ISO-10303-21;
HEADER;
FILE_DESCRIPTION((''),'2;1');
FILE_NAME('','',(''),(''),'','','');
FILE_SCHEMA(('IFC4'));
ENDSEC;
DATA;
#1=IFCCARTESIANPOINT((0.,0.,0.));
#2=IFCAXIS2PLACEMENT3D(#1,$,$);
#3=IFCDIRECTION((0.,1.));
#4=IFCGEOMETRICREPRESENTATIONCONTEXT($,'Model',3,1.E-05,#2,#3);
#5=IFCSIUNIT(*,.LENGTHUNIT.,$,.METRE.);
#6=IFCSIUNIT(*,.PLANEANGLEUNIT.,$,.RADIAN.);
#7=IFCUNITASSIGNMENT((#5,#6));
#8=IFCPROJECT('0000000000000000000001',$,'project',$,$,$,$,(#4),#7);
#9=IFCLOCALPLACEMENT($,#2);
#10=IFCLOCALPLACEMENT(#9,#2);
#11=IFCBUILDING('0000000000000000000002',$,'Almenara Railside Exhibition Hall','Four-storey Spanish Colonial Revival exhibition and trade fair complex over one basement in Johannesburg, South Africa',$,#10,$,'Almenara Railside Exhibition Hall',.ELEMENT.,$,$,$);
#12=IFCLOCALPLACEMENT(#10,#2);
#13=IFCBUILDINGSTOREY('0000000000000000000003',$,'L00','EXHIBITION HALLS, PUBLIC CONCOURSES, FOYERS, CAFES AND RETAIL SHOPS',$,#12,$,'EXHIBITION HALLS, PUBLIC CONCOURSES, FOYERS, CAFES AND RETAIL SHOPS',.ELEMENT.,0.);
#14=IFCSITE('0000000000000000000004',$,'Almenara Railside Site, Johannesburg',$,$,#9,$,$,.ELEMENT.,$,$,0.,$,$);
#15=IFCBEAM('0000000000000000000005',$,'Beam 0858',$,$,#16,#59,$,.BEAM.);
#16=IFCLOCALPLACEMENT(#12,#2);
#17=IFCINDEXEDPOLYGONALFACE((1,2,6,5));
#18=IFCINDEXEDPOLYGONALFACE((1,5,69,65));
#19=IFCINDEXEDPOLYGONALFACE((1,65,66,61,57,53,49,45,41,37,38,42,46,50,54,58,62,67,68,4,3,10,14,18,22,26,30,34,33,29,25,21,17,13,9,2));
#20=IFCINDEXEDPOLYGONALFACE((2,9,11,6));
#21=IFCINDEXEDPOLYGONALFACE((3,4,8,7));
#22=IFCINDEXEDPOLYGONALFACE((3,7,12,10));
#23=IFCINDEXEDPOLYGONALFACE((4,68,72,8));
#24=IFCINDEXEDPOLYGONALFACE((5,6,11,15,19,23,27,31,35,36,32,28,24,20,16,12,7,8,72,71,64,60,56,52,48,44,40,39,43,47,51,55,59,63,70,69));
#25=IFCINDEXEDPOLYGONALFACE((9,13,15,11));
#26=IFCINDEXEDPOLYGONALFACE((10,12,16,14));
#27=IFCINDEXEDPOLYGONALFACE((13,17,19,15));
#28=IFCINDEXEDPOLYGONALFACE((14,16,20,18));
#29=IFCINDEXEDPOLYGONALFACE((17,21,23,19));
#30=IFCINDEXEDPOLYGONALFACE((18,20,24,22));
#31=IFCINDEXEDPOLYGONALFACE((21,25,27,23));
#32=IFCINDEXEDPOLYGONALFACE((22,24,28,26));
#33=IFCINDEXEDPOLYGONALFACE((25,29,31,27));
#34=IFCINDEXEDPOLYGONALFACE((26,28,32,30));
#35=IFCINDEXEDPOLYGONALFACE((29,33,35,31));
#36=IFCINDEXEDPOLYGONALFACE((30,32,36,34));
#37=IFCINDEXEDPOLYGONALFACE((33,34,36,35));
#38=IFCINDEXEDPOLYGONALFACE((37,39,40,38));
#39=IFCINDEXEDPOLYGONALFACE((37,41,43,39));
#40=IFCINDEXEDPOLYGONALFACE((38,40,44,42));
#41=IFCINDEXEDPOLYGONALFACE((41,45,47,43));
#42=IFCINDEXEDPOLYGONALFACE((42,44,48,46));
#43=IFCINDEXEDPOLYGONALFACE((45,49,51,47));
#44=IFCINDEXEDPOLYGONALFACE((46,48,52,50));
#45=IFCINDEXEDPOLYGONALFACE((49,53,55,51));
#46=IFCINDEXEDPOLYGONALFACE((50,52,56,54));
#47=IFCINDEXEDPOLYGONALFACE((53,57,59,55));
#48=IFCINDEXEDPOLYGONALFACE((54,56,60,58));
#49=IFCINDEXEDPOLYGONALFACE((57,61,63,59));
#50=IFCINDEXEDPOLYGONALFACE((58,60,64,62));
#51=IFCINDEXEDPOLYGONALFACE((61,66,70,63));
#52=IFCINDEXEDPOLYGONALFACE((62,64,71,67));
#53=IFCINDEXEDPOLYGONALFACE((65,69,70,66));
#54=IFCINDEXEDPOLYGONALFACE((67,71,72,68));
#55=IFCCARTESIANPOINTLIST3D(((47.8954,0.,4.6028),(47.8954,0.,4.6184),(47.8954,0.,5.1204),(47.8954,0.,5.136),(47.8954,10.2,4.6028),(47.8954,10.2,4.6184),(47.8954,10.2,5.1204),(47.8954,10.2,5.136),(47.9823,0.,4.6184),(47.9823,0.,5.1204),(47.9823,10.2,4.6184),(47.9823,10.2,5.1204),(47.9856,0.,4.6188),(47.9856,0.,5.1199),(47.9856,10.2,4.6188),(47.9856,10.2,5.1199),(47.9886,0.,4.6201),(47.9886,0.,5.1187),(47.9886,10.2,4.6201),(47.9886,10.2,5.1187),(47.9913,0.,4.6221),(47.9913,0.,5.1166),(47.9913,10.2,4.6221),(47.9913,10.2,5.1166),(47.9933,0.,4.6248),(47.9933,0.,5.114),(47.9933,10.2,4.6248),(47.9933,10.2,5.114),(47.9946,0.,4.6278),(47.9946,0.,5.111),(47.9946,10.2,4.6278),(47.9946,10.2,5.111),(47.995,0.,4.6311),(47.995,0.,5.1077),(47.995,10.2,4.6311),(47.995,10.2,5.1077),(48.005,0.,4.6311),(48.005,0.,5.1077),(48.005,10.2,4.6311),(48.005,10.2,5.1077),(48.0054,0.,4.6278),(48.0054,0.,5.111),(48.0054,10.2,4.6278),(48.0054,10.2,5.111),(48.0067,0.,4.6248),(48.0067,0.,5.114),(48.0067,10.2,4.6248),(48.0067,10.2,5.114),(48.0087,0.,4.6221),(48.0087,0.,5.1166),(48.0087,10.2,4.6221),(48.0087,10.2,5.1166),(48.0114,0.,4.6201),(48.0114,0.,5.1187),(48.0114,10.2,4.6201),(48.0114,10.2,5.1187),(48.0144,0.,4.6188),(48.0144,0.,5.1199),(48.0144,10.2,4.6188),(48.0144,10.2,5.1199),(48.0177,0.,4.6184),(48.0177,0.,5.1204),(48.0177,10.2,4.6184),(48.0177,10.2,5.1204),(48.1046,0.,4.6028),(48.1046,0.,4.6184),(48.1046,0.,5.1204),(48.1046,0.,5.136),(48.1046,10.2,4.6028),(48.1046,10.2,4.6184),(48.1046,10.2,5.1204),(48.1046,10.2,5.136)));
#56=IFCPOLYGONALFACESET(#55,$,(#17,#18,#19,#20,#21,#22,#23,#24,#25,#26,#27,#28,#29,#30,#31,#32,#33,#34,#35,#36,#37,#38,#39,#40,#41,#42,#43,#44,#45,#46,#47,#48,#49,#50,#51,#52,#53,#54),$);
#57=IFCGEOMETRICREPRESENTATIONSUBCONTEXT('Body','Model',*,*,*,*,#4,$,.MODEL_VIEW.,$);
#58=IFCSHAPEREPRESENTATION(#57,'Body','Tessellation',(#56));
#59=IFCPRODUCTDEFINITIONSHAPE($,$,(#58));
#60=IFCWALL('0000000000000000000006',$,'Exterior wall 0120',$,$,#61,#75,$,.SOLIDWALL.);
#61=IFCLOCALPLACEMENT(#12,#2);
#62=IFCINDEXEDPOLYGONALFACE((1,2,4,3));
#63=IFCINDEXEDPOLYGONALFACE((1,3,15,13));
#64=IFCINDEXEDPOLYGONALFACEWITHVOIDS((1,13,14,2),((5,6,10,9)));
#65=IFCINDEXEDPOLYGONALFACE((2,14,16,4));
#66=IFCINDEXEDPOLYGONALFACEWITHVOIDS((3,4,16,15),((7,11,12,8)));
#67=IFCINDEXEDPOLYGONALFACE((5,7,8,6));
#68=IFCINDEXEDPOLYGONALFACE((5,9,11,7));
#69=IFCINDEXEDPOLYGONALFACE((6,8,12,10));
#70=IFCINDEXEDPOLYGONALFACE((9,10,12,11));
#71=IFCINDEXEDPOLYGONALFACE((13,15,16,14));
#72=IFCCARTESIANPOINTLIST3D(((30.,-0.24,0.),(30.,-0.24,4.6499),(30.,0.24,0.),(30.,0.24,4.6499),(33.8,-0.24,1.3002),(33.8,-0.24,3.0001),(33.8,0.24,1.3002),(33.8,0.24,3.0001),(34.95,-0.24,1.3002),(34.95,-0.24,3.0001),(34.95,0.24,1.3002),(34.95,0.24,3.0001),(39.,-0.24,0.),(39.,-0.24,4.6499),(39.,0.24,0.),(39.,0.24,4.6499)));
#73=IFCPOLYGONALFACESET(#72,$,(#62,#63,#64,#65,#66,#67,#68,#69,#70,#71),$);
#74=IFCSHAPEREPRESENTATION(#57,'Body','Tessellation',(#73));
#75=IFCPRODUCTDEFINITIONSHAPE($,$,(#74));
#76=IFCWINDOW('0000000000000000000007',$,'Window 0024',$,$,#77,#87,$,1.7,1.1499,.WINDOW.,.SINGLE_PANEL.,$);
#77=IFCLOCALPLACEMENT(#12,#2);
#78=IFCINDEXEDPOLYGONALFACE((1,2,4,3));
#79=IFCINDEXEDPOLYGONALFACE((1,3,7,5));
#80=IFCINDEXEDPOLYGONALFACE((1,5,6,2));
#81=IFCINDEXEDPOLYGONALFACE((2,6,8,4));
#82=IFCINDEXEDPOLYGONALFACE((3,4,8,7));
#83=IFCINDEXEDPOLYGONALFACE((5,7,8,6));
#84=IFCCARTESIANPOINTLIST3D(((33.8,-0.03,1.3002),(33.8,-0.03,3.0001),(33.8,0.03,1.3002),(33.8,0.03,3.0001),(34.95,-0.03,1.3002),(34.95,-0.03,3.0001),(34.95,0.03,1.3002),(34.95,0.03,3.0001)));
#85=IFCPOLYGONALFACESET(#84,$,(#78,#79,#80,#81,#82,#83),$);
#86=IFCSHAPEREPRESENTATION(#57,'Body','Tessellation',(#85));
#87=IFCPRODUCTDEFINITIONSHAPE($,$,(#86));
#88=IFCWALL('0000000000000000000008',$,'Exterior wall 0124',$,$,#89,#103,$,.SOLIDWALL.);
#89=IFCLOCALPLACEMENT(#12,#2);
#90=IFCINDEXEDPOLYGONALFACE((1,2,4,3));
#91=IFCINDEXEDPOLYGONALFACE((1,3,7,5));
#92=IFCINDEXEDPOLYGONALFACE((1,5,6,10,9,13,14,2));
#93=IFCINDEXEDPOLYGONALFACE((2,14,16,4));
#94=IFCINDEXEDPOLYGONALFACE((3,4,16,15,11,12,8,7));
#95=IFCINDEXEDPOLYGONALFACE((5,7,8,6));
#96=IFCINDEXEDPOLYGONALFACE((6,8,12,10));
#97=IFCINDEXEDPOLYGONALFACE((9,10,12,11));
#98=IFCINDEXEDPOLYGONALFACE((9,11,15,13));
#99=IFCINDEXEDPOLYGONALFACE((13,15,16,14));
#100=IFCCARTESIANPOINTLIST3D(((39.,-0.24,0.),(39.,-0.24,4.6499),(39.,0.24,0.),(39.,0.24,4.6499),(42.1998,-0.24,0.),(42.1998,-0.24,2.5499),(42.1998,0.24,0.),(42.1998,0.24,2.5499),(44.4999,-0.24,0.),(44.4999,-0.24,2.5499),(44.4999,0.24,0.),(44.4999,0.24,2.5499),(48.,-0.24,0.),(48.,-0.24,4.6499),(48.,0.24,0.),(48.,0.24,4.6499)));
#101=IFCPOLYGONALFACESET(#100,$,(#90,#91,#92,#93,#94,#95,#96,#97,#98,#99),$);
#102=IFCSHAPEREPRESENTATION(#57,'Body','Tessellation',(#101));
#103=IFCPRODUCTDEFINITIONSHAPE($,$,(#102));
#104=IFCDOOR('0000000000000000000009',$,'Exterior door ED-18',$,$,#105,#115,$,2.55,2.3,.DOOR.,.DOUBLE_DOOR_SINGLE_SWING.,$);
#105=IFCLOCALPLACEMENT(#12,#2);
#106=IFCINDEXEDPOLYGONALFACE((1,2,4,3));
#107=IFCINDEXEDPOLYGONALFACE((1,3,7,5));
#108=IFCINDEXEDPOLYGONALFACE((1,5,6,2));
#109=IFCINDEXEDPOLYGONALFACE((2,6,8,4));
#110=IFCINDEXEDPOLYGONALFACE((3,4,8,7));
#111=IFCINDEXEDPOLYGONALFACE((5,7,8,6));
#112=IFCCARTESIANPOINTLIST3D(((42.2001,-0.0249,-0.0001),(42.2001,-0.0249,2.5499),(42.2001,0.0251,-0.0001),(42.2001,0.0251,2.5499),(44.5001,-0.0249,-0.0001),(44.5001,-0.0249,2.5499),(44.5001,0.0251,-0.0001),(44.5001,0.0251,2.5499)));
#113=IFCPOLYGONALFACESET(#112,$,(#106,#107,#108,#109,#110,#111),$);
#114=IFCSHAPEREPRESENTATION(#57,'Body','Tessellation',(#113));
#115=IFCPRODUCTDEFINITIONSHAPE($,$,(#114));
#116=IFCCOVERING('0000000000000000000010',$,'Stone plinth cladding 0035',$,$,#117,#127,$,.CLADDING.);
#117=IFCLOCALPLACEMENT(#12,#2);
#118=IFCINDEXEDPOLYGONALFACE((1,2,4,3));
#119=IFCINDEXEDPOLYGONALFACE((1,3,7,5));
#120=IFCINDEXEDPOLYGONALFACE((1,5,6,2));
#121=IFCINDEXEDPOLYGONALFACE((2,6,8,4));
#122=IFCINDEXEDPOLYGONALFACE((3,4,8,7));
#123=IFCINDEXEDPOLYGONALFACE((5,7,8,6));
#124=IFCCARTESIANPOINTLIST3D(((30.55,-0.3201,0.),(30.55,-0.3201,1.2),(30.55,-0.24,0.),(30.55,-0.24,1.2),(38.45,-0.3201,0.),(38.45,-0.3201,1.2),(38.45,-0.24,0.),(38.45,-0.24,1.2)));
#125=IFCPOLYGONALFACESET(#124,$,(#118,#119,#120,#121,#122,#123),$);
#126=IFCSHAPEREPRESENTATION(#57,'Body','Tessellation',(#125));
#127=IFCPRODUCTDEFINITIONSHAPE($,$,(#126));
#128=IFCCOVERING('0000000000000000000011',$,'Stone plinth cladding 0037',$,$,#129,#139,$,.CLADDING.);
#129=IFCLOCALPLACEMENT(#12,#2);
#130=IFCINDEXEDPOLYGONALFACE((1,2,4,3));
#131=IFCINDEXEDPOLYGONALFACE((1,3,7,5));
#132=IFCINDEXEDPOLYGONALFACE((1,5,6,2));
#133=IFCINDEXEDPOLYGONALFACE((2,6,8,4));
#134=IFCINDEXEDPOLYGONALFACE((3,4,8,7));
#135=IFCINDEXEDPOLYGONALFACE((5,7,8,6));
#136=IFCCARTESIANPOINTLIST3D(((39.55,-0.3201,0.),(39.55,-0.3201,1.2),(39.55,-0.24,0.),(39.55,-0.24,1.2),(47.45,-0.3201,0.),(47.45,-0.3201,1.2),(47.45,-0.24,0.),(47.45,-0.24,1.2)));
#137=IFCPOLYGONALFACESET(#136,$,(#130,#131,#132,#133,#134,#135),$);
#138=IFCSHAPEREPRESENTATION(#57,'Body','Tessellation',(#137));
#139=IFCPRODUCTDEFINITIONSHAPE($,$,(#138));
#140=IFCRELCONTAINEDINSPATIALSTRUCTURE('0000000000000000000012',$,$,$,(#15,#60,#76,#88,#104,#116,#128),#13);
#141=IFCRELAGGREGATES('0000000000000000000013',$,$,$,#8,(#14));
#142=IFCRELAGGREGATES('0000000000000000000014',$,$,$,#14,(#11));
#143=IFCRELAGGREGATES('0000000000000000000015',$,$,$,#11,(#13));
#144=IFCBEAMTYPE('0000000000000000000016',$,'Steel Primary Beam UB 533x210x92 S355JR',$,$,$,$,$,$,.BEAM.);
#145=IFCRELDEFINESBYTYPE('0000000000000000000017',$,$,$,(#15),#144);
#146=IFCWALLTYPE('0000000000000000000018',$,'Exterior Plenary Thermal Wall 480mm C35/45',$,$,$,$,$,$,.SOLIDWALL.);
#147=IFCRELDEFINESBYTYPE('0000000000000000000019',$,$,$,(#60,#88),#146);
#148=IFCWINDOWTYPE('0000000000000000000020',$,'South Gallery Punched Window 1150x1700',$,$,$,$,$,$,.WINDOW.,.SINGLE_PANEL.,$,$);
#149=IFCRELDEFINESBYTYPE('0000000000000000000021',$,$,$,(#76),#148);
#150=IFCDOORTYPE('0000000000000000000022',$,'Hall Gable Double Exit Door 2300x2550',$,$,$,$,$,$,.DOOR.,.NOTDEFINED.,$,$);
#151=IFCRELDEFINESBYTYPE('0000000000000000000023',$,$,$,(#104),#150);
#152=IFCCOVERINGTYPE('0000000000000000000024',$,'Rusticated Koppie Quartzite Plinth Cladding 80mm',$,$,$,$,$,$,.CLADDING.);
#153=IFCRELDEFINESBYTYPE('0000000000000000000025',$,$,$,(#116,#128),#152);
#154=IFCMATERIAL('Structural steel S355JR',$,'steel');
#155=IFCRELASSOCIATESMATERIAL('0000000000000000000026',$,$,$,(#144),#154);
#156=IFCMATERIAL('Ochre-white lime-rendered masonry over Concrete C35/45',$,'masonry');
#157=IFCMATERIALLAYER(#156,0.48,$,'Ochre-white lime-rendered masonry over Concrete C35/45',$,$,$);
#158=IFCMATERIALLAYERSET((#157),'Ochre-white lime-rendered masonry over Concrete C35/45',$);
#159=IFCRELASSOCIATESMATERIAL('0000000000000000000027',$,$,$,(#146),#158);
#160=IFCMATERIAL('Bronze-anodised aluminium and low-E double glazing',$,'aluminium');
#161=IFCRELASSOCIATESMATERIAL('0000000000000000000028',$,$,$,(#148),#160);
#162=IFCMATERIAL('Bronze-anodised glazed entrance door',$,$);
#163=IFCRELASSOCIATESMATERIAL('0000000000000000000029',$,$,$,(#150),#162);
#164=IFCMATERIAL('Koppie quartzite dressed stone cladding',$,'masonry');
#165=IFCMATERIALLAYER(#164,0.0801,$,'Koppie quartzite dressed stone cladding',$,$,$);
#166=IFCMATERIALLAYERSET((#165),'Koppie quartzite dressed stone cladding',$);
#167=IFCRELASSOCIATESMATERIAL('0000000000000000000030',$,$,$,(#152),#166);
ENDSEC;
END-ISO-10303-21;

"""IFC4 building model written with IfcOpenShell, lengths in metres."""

from ifc_helpers import new_model, si_unit, direction, frame, frame_2d, origin, origin_2d, place, context, subcontext, project, spatial, rectangle, i_section, extrude, material, layer, layer_set, material_profile, profile_set, type_object, element, fill, save


model = new_model("IFC4")

# Units and contexts
model_context = context("Model", 3, precision=1e-05, world=origin(), true_north=direction((0.0, 1.0)))
body_context = subcontext(model_context, "Body", "Model", "MODEL_VIEW")
ifc_project = project(units=[si_unit("LENGTHUNIT", "METRE"), si_unit("PLANEANGLEUNIT", "RADIAN")], contexts=[model_context])

# Site, building, storey
site_placement = place(None, origin())
site = spatial("IfcSite", under=ifc_project, at=site_placement, Name="Almenara Railside Site, Johannesburg", CompositionType="ELEMENT", RefElevation=0.0)
building_placement = place(site_placement, origin())
building = spatial("IfcBuilding", under=site, at=building_placement, Name="Almenara Railside Exhibition Hall", Description="Four-storey Spanish Colonial Revival exhibition and trade fair complex over one basement in Johannesburg, South Africa", LongName="Almenara Railside Exhibition Hall", CompositionType="ELEMENT")
storey_placement = place(building_placement, origin())
storey = spatial("IfcBuildingStorey", under=building, at=storey_placement, Name="L00", Description="EXHIBITION HALLS, PUBLIC CONCOURSES, FOYERS, CAFES AND RETAIL SHOPS", LongName="EXHIBITION HALLS, PUBLIC CONCOURSES, FOYERS, CAFES AND RETAIL SHOPS", CompositionType="ELEMENT", Elevation=0.0)

# Beam
ifc_material_1 = material(Name="Structural steel S355JR", Category="steel")
ifc_material_profile_1 = material_profile(ifc_material_1, i_section(OverallWidth=0.2092, OverallDepth=0.5332, WebThickness=0.01, FlangeThickness=0.0156, FilletRadius=0.0127, at=origin_2d()), Name="UB 533x210x92")
ifc_profile_set_1 = profile_set([ifc_material_profile_1], Name="Structural steel S355JR")
beam_type_1 = type_object("IfcBeamType", Name="Steel Primary Beam UB 533x210x92 S355JR", PredefinedType="BEAM", material=ifc_profile_set_1)
for number, where, z_axis, x_axis, name in (
    (1, (48.0, 0.0, 4.8694), (0.0, 1.0, 0.0), (-1.0, 0.0, 0.0), "Beam 0858"),
):
    element("IfcBeam", number, at=place(storey_placement, frame(where, z_axis=z_axis, x_axis=x_axis)), inside=storey, type_object=beam_type_1, Name=name, PredefinedType="BEAM", context=body_context, shape_type="SweptSolid", body=[
        extrude(i_section(OverallWidth=0.2092, OverallDepth=0.5332, WebThickness=0.01, FlangeThickness=0.0156, FilletRadius=0.0127, at=origin_2d()), origin(), (0.0, 0.0, 1.0), 10.2),
    ])

# Wall, opening, window
ifc_material_2 = material(Name="Ochre-white lime-rendered masonry over Concrete C35/45", Category="masonry")
ifc_layer_1 = layer(ifc_material_2, 0.48, Name="Ochre-white lime-rendered masonry over Concrete C35/45")
ifc_layer_set_1 = layer_set([ifc_layer_1], Name="Ochre-white lime-rendered masonry over Concrete C35/45")
wall_type = type_object("IfcWallType", Name="Exterior Plenary Thermal Wall 480mm C35/45", PredefinedType="SOLIDWALL", material=ifc_layer_set_1)
wall_1_placement = place(storey_placement, frame((30.0, 0.0, 0.0), z_axis=(0.0, 0.0, 1.0), x_axis=(1.0, 0.0, 0.0)))
wall_1 = element("IfcWall", 2, at=wall_1_placement, inside=storey, type_object=wall_type, Name="Exterior wall 0120", PredefinedType="SOLIDWALL", context=body_context, shape_type="SweptSolid", body=[
    extrude(rectangle(XDim=9.0, YDim=0.48, at=frame_2d((4.5, 0.0))), origin(), (0.0, 0.0, 1.0), 4.6499),
])
opening_1_placement = place(wall_1_placement, frame((3.8, 0.0, 1.3)))
opening_1 = element("IfcOpeningElement", 3, at=opening_1_placement, cuts=wall_1, PredefinedType="OPENING", context=body_context, shape_type="SweptSolid", body=[
    extrude(rectangle(XDim=1.1499, YDim=1.7, at=frame_2d((0.575, 0.8501))), frame((0.0, 0.25, 0.0), z_axis=(0.0, -1.0, 0.0), x_axis=(1.0, 0.0, 0.0)), (0.0, 0.0, 1.0), 0.5),
])
ifc_material_3 = material(Name="Bronze-anodised aluminium and low-E double glazing", Category="aluminium")
window_type = type_object("IfcWindowType", Name="South Gallery Punched Window 1150x1700", PartitioningType="SINGLE_PANEL", PredefinedType="WINDOW", material=ifc_material_3)
window_placement = place(opening_1_placement, origin())
window = element("IfcWindow", 4, at=window_placement, inside=storey, type_object=window_type, Name="Window 0024", OverallHeight=1.7, OverallWidth=1.1499, PartitioningType="SINGLE_PANEL", PredefinedType="WINDOW", context=body_context, shape_type="SweptSolid", body=[
    extrude(rectangle(XDim=1.1499, YDim=1.7, at=frame_2d((0.575, 0.8501))), frame((0.0, 0.03, 0.0), z_axis=(0.0, -1.0, 0.0), x_axis=(1.0, 0.0, 0.0)), (0.0, 0.0, 1.0), 0.0601),
])
fill(opening_1, window)

# Wall, opening, door
wall_2_placement = place(storey_placement, frame((39.0, 0.0, 0.0), z_axis=(0.0, 0.0, 1.0), x_axis=(1.0, 0.0, 0.0)))
wall_2 = element("IfcWall", 5, at=wall_2_placement, inside=storey, type_object=wall_type, Name="Exterior wall 0124", PredefinedType="SOLIDWALL", context=body_context, shape_type="SweptSolid", body=[
    extrude(rectangle(XDim=9.0, YDim=0.48, at=frame_2d((4.5, 0.0))), origin(), (0.0, 0.0, 1.0), 4.6499),
])
opening_2_placement = place(wall_2_placement, frame((3.2, 0.0, 0.0)))
opening_2 = element("IfcOpeningElement", 6, at=opening_2_placement, cuts=wall_2, PredefinedType="OPENING", context=body_context, shape_type="SweptSolid", body=[
    extrude(rectangle(XDim=2.3, YDim=2.55, at=frame_2d((1.1499, 1.2749))), frame((0.0, 0.25, 0.0), z_axis=(0.0, -1.0, 0.0), x_axis=(1.0, 0.0, 0.0)), (0.0, 0.0, 1.0), 0.5),
])
ifc_material_4 = material(Name="Bronze-anodised glazed entrance door")
door_type = type_object("IfcDoorType", Name="Hall Gable Double Exit Door 2300x2550", OperationType="NOTDEFINED", PredefinedType="DOOR", material=ifc_material_4)
door_placement = place(opening_2_placement, frame((2.3, 0.0, 0.0), z_axis=(0.0, 0.0, 1.0), x_axis=(-1.0, 0.0, 0.0)))
door = element("IfcDoor", 7, at=door_placement, inside=storey, type_object=door_type, Name="Exterior door ED-18", OperationType="DOUBLE_DOOR_SINGLE_SWING", OverallHeight=2.55, OverallWidth=2.3, PredefinedType="DOOR", context=body_context, shape_type="SweptSolid", body=[
    extrude(rectangle(XDim=2.3, YDim=2.55, at=frame_2d((1.1499, 1.2749))), frame((0.0, 0.0249, 0.0), z_axis=(0.0, -1.0, 0.0), x_axis=(1.0, 0.0, 0.0)), (0.0, 0.0, 1.0), 0.05),
])
fill(opening_2, door)

# Coverings
ifc_material_5 = material(Name="Koppie quartzite dressed stone cladding", Category="masonry")
ifc_layer_2 = layer(ifc_material_5, 0.0801, Name="Koppie quartzite dressed stone cladding")
ifc_layer_set_2 = layer_set([ifc_layer_2], Name="Koppie quartzite dressed stone cladding")
covering_type = type_object("IfcCoveringType", Name="Rusticated Koppie Quartzite Plinth Cladding 80mm", PredefinedType="CLADDING", material=ifc_layer_set_2)
for number, where, z_axis, x_axis, name in (
    (8, (34.5, -0.28, 0.0), (0.0, 0.0, 1.0), (1.0, 0.0, 0.0), "Stone plinth cladding 0035"),
    (9, (43.5, -0.28, 0.0), (0.0, 0.0, 1.0), (1.0, 0.0, 0.0), "Stone plinth cladding 0037"),
):
    element("IfcCovering", number, at=place(storey_placement, frame(where, z_axis=z_axis, x_axis=x_axis)), inside=storey, type_object=covering_type, Name=name, PredefinedType="CLADDING", context=body_context, shape_type="SweptSolid", body=[
        extrude(rectangle(XDim=7.8999, YDim=0.0801, at=origin_2d()), origin(), (0.0, 0.0, 1.0), 1.2),
    ])

save(model, "model.ifc")
